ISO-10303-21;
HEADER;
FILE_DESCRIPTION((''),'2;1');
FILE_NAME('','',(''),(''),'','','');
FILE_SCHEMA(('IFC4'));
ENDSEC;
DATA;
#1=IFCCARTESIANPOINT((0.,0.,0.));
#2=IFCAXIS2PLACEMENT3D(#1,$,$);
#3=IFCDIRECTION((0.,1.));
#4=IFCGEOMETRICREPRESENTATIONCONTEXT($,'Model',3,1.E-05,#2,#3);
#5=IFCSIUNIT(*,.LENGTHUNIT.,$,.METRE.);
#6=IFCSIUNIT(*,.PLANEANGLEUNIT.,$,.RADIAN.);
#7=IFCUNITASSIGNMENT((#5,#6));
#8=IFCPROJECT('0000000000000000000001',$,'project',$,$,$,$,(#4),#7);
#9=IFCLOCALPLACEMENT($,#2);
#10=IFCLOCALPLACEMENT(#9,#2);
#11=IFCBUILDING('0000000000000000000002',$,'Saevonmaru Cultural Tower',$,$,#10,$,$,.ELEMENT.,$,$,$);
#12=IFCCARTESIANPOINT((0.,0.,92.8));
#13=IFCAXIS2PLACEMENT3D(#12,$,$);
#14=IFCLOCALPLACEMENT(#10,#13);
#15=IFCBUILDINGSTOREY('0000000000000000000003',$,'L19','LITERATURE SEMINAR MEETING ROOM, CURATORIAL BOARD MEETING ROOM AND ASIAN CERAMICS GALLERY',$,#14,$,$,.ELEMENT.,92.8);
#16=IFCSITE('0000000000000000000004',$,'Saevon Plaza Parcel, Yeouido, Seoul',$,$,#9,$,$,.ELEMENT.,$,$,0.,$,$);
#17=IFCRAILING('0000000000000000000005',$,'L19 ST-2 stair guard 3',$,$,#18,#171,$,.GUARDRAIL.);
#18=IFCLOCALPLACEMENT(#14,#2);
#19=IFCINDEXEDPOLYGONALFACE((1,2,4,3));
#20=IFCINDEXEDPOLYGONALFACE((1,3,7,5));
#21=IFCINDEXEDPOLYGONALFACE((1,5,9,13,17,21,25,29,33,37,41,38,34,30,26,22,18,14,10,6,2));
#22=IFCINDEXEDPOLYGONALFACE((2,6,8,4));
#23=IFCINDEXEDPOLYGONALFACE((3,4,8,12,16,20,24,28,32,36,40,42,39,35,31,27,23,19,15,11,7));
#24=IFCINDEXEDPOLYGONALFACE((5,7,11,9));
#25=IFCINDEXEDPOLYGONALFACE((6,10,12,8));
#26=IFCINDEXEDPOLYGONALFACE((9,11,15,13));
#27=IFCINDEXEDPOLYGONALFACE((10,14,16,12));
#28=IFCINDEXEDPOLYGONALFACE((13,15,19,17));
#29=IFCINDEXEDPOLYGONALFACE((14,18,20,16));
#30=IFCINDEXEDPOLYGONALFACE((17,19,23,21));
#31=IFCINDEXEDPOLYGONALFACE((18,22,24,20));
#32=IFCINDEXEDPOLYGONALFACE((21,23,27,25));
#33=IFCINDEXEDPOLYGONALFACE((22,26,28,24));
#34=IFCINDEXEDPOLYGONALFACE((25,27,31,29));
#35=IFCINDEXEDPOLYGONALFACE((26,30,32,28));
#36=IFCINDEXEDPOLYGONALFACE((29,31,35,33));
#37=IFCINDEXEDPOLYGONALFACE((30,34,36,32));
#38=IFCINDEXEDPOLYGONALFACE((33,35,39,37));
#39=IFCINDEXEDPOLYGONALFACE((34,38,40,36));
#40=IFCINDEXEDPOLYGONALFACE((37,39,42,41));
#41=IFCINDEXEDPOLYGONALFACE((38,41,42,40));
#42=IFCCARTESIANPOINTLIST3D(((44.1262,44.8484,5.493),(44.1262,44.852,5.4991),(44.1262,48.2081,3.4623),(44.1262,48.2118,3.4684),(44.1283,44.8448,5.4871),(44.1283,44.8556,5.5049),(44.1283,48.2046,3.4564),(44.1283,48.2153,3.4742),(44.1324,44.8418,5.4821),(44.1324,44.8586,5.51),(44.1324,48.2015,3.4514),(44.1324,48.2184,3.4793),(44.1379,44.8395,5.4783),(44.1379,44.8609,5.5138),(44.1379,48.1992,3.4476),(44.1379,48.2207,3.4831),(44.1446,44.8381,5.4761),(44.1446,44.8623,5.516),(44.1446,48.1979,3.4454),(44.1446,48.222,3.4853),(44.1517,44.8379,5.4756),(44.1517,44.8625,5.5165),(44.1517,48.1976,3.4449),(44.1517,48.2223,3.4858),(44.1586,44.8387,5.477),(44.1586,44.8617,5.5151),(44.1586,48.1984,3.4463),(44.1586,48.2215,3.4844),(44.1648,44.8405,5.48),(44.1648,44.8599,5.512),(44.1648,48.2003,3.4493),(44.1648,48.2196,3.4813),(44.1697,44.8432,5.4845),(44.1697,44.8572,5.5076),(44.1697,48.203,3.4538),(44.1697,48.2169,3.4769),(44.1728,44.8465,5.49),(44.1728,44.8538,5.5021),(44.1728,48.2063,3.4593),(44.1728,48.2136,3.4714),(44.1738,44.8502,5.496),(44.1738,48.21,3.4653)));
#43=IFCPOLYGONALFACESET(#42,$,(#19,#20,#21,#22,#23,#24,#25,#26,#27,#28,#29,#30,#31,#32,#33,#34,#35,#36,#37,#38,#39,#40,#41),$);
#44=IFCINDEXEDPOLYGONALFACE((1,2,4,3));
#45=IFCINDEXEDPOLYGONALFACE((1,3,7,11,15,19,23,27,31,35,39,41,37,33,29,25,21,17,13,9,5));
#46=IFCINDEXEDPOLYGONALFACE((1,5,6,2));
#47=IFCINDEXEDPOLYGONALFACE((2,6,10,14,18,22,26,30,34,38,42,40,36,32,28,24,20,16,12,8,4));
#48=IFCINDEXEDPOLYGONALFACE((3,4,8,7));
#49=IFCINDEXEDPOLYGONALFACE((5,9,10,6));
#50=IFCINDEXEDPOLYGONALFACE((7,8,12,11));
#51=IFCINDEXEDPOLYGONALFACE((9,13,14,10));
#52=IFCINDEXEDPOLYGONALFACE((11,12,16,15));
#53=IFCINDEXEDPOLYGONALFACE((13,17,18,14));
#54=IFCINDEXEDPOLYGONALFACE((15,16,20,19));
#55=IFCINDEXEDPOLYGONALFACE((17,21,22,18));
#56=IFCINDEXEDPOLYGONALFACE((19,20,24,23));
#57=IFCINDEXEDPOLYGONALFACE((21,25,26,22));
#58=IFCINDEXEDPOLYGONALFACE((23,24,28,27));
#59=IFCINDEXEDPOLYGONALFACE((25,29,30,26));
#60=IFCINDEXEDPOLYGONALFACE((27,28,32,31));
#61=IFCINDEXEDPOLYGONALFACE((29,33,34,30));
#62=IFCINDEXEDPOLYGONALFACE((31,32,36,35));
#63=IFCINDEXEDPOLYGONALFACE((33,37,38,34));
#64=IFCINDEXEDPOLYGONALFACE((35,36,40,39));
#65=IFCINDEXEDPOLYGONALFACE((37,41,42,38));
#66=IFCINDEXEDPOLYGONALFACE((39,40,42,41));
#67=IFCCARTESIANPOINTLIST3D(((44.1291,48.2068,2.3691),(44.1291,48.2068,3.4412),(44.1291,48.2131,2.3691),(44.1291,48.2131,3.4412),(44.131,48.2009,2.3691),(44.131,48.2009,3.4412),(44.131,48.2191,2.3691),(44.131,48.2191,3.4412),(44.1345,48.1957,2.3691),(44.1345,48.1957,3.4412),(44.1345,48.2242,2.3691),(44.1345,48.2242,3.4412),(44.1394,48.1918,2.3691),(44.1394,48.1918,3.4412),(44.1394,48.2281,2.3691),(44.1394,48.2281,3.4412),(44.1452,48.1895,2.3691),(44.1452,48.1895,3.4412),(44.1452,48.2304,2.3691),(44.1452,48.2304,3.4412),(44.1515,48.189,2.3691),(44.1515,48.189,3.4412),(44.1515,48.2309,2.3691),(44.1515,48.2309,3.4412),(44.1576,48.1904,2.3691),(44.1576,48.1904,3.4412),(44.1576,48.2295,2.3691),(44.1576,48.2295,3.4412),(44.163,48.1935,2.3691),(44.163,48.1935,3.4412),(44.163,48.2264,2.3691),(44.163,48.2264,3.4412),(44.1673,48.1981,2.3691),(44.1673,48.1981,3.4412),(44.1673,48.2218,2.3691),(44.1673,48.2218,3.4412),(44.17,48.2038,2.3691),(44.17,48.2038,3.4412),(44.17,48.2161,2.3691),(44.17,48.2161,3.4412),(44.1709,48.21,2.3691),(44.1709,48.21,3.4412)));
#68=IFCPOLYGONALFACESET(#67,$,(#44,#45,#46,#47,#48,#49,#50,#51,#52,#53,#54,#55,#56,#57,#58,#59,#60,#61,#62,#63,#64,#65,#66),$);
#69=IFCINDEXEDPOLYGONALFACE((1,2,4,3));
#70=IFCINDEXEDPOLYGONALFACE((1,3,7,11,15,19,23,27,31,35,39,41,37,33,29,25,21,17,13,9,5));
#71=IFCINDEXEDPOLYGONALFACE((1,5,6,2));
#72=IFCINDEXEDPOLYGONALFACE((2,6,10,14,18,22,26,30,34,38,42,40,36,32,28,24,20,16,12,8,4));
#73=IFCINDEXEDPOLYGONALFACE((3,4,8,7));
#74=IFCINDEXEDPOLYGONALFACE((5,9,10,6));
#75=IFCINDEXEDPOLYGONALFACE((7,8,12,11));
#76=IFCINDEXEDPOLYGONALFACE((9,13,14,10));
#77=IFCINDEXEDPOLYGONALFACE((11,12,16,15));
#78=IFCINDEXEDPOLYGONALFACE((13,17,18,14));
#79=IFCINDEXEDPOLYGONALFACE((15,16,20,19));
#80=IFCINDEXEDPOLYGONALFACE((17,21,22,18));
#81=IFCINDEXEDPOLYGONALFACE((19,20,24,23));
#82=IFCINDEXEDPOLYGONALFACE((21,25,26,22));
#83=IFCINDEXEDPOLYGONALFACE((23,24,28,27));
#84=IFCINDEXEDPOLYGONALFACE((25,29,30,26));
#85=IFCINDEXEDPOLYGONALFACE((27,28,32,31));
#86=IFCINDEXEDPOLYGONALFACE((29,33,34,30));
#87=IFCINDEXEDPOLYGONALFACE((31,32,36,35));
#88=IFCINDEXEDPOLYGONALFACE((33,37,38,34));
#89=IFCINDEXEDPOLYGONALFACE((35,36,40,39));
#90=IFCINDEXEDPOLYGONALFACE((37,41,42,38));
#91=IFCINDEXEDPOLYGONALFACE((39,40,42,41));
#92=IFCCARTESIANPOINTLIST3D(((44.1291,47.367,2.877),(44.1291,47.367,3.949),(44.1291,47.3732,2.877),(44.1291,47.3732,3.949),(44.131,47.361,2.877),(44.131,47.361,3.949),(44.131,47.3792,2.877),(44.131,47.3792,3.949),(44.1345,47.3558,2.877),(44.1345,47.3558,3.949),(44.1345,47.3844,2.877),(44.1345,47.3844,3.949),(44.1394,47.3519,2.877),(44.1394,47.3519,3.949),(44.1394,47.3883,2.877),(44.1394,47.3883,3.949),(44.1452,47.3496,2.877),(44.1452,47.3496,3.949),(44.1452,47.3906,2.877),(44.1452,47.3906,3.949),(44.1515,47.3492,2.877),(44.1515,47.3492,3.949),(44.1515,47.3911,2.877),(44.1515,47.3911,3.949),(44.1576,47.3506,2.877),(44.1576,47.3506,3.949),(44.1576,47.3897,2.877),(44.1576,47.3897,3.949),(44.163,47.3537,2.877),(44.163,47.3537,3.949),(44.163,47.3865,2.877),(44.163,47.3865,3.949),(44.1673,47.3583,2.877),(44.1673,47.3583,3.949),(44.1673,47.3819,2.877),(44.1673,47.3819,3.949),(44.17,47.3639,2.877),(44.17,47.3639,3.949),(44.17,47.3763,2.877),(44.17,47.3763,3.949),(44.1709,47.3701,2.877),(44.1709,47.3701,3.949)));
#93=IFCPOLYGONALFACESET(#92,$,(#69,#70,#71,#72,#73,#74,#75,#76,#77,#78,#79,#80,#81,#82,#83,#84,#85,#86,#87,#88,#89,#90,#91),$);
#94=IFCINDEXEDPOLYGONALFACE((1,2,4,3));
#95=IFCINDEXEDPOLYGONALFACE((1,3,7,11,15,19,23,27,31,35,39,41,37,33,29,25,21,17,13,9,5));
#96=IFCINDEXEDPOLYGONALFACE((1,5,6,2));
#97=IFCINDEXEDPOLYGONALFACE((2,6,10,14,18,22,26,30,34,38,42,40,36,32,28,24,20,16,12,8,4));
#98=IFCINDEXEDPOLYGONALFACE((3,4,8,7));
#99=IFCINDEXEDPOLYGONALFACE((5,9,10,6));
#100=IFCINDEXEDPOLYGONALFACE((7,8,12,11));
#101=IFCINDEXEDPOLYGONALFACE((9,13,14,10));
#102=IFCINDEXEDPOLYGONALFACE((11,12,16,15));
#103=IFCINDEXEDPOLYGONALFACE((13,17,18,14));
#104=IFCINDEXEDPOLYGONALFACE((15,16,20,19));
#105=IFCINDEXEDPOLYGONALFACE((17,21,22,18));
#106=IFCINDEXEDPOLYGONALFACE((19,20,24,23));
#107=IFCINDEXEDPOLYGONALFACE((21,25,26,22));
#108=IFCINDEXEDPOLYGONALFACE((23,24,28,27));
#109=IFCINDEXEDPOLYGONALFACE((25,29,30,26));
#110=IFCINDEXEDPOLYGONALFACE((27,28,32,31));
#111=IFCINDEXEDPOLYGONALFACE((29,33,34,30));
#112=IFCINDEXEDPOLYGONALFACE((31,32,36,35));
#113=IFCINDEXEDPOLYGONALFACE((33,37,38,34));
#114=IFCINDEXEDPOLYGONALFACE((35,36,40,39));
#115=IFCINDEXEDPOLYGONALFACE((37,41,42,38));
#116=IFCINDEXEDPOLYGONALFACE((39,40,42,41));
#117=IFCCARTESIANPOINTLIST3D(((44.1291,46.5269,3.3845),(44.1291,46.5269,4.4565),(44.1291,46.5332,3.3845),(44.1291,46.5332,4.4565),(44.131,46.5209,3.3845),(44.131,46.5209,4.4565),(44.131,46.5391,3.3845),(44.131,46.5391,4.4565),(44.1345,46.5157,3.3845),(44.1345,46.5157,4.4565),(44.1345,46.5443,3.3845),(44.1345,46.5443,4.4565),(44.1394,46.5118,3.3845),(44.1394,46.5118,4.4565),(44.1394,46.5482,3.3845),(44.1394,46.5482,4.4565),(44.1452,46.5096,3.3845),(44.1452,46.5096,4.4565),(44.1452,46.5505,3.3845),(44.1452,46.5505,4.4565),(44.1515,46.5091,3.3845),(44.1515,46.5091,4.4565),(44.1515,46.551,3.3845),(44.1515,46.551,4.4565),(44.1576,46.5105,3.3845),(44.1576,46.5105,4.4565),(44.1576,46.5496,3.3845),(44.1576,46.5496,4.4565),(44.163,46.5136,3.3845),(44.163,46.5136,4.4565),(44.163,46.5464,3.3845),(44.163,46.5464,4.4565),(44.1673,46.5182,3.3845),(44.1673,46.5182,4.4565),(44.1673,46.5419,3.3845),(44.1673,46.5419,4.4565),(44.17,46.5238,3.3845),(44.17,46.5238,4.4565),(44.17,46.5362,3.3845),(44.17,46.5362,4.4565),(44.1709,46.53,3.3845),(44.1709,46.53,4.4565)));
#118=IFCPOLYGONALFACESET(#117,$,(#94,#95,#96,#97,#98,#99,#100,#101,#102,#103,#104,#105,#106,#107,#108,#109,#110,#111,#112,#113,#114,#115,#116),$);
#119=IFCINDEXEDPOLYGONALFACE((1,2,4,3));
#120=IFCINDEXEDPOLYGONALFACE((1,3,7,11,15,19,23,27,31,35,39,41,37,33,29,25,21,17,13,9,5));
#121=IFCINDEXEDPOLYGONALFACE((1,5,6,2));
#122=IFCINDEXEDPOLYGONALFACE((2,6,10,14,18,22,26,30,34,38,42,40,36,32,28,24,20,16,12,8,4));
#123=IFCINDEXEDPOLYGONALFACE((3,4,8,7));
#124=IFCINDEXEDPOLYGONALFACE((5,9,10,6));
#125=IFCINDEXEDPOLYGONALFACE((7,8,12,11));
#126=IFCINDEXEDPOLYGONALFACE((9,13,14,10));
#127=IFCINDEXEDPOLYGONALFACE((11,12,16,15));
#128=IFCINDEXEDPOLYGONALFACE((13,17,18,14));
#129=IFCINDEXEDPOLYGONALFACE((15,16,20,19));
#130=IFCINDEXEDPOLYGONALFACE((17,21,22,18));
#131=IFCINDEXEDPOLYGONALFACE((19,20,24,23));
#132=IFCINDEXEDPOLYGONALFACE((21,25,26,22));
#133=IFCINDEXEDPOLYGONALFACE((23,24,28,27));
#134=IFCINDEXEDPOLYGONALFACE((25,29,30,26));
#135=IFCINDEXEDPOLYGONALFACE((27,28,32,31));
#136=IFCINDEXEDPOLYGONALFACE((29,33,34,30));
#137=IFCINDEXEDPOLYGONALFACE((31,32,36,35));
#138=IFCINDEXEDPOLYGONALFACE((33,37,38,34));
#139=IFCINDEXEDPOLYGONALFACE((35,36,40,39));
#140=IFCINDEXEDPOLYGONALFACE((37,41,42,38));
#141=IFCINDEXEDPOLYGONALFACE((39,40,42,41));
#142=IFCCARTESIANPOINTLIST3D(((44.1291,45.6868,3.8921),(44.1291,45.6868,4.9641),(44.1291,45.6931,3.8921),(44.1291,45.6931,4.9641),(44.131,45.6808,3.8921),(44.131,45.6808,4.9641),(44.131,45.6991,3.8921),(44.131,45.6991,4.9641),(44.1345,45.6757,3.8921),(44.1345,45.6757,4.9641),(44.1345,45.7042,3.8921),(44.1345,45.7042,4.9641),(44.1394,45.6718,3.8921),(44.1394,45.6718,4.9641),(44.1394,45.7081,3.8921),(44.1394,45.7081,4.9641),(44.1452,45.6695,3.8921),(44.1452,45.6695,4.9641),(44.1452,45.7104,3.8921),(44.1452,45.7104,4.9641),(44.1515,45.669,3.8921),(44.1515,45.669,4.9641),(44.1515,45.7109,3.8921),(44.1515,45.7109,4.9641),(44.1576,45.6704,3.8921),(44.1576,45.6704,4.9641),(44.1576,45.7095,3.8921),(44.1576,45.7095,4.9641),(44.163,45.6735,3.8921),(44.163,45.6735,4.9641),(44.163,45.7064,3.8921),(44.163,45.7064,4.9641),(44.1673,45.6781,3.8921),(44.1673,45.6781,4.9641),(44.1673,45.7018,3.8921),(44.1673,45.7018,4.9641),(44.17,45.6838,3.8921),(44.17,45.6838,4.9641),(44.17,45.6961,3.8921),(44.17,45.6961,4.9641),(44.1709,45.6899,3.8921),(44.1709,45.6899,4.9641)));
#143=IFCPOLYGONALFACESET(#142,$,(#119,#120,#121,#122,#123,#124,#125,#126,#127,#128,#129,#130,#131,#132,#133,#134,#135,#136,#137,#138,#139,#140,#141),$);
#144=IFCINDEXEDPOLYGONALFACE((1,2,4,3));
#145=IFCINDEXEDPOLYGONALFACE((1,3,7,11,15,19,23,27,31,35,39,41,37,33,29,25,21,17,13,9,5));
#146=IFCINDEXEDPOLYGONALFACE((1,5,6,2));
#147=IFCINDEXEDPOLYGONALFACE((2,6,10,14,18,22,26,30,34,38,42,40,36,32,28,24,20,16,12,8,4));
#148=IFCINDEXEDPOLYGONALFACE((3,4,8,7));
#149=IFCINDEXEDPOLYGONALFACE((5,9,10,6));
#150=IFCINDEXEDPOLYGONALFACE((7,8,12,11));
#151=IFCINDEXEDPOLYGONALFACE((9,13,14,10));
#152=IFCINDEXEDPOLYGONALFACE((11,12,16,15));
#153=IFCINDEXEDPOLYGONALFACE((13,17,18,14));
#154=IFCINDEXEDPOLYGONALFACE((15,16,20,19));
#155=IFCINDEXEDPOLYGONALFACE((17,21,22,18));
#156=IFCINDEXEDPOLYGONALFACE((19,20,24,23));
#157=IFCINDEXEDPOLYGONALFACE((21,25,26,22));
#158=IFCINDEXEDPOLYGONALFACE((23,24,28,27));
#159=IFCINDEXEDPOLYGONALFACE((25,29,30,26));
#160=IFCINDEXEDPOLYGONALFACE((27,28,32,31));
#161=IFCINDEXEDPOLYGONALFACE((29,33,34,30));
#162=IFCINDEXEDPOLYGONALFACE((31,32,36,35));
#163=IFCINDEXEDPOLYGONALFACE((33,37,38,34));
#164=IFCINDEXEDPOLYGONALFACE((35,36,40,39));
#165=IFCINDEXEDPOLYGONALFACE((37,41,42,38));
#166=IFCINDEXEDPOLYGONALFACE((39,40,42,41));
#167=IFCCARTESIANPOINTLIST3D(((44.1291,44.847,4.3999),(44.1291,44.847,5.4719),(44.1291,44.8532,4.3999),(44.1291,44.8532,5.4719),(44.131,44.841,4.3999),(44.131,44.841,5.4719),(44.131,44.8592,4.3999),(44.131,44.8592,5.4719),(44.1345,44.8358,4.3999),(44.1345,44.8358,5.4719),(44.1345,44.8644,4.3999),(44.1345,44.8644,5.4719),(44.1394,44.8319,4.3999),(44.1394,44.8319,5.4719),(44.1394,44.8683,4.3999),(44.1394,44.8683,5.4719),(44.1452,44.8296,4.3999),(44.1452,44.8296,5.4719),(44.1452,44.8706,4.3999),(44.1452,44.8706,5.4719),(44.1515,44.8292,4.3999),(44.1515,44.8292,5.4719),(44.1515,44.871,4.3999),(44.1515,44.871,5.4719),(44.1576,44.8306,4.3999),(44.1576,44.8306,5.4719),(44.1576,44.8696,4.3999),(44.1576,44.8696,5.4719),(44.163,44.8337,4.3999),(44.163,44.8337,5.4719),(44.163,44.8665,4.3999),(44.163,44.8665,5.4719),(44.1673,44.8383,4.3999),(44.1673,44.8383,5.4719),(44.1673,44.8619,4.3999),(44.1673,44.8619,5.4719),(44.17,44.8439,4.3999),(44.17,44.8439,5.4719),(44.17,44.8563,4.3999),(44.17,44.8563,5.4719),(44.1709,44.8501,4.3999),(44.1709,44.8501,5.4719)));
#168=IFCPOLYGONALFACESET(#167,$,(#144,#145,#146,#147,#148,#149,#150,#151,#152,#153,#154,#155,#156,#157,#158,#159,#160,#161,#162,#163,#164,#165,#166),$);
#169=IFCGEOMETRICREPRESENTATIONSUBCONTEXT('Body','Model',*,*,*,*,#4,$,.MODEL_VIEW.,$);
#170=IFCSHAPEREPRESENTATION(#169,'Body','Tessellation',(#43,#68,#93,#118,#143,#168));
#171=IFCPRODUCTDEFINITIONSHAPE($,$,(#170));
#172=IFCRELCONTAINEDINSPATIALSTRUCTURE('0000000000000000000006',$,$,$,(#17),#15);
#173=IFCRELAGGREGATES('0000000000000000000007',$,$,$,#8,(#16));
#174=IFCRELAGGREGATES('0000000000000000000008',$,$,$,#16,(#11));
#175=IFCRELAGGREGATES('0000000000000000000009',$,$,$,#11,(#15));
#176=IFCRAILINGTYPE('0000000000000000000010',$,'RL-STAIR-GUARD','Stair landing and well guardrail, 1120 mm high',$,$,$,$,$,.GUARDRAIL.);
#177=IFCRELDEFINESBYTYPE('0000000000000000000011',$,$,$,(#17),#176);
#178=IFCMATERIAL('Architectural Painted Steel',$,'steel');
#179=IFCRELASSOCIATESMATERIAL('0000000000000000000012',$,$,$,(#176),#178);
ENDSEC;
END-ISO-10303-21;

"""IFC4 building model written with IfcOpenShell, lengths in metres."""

from ifc_helpers import new_model, si_unit, direction, frame, origin, origin_2d, place, context, subcontext, project, spatial, circle, extrude, material, type_object, element, save


model = new_model("IFC4")

# Units and contexts
model_context = context("Model", 3, precision=1e-05, world=origin(), true_north=direction((0.0, 1.0)))
body_context = subcontext(model_context, "Body", "Model", "MODEL_VIEW")
ifc_project = project(units=[si_unit("LENGTHUNIT", "METRE"), si_unit("PLANEANGLEUNIT", "RADIAN")], contexts=[model_context])

# Site, building, storey
site_placement = place(None, origin())
site = spatial("IfcSite", under=ifc_project, at=site_placement, Name="Saevon Plaza Parcel, Yeouido, Seoul", CompositionType="ELEMENT", RefElevation=0.0)
building_placement = place(site_placement, origin())
building = spatial("IfcBuilding", under=site, at=building_placement, Name="Saevonmaru Cultural Tower", CompositionType="ELEMENT")
storey_placement = place(building_placement, frame((0.0, 0.0, 92.8)))
storey = spatial("IfcBuildingStorey", under=building, at=storey_placement, Name="L19", Description="LITERATURE SEMINAR MEETING ROOM, CURATORIAL BOARD MEETING ROOM AND ASIAN CERAMICS GALLERY", CompositionType="ELEMENT", Elevation=92.8)

# Railing
ifc_material_1 = material(Name="Architectural Painted Steel", Category="steel")
railing_type = type_object("IfcRailingType", Name="RL-STAIR-GUARD", Description="Stair landing and well guardrail, 1120 mm high", PredefinedType="GUARDRAIL", material=ifc_material_1)
railing_1_placement = place(storey_placement, frame((44.1499, 48.21, 2.3691)))
element("IfcRailing", 1, at=railing_1_placement, inside=storey, type_object=railing_type, Name="L19 ST-2 stair guard 3", PredefinedType="GUARDRAIL", context=body_context, shape_type="SweptSolid", body=[
    extrude(circle(Radius=0.0239, at=origin_2d()), frame((0.0, 0.0, 1.0962), z_axis=(0.0, -0.85582, 0.517273), x_axis=(1.0, 0.0, 0.0)), (0.0, 0.0, 1.0), 3.9258),
    extrude(circle(Radius=0.021, at=origin_2d()), origin(), (0.0, 0.0, 1.0), 1.072),
    extrude(circle(Radius=0.021, at=origin_2d()), frame((0.0, -0.8398, 0.5078)), (0.0, 0.0, 1.0), 1.072),
    extrude(circle(Radius=0.021, at=origin_2d()), frame((0.0, -1.6799, 1.0154)), (0.0, 0.0, 1.0), 1.072),
    extrude(circle(Radius=0.021, at=origin_2d()), frame((0.0, -2.52, 1.5229)), (0.0, 0.0, 1.0), 1.072),
    extrude(circle(Radius=0.021, at=origin_2d()), frame((0.0, -3.3599, 2.0308)), (0.0, 0.0, 1.0), 1.072),
])

save(model, "model.ifc")
